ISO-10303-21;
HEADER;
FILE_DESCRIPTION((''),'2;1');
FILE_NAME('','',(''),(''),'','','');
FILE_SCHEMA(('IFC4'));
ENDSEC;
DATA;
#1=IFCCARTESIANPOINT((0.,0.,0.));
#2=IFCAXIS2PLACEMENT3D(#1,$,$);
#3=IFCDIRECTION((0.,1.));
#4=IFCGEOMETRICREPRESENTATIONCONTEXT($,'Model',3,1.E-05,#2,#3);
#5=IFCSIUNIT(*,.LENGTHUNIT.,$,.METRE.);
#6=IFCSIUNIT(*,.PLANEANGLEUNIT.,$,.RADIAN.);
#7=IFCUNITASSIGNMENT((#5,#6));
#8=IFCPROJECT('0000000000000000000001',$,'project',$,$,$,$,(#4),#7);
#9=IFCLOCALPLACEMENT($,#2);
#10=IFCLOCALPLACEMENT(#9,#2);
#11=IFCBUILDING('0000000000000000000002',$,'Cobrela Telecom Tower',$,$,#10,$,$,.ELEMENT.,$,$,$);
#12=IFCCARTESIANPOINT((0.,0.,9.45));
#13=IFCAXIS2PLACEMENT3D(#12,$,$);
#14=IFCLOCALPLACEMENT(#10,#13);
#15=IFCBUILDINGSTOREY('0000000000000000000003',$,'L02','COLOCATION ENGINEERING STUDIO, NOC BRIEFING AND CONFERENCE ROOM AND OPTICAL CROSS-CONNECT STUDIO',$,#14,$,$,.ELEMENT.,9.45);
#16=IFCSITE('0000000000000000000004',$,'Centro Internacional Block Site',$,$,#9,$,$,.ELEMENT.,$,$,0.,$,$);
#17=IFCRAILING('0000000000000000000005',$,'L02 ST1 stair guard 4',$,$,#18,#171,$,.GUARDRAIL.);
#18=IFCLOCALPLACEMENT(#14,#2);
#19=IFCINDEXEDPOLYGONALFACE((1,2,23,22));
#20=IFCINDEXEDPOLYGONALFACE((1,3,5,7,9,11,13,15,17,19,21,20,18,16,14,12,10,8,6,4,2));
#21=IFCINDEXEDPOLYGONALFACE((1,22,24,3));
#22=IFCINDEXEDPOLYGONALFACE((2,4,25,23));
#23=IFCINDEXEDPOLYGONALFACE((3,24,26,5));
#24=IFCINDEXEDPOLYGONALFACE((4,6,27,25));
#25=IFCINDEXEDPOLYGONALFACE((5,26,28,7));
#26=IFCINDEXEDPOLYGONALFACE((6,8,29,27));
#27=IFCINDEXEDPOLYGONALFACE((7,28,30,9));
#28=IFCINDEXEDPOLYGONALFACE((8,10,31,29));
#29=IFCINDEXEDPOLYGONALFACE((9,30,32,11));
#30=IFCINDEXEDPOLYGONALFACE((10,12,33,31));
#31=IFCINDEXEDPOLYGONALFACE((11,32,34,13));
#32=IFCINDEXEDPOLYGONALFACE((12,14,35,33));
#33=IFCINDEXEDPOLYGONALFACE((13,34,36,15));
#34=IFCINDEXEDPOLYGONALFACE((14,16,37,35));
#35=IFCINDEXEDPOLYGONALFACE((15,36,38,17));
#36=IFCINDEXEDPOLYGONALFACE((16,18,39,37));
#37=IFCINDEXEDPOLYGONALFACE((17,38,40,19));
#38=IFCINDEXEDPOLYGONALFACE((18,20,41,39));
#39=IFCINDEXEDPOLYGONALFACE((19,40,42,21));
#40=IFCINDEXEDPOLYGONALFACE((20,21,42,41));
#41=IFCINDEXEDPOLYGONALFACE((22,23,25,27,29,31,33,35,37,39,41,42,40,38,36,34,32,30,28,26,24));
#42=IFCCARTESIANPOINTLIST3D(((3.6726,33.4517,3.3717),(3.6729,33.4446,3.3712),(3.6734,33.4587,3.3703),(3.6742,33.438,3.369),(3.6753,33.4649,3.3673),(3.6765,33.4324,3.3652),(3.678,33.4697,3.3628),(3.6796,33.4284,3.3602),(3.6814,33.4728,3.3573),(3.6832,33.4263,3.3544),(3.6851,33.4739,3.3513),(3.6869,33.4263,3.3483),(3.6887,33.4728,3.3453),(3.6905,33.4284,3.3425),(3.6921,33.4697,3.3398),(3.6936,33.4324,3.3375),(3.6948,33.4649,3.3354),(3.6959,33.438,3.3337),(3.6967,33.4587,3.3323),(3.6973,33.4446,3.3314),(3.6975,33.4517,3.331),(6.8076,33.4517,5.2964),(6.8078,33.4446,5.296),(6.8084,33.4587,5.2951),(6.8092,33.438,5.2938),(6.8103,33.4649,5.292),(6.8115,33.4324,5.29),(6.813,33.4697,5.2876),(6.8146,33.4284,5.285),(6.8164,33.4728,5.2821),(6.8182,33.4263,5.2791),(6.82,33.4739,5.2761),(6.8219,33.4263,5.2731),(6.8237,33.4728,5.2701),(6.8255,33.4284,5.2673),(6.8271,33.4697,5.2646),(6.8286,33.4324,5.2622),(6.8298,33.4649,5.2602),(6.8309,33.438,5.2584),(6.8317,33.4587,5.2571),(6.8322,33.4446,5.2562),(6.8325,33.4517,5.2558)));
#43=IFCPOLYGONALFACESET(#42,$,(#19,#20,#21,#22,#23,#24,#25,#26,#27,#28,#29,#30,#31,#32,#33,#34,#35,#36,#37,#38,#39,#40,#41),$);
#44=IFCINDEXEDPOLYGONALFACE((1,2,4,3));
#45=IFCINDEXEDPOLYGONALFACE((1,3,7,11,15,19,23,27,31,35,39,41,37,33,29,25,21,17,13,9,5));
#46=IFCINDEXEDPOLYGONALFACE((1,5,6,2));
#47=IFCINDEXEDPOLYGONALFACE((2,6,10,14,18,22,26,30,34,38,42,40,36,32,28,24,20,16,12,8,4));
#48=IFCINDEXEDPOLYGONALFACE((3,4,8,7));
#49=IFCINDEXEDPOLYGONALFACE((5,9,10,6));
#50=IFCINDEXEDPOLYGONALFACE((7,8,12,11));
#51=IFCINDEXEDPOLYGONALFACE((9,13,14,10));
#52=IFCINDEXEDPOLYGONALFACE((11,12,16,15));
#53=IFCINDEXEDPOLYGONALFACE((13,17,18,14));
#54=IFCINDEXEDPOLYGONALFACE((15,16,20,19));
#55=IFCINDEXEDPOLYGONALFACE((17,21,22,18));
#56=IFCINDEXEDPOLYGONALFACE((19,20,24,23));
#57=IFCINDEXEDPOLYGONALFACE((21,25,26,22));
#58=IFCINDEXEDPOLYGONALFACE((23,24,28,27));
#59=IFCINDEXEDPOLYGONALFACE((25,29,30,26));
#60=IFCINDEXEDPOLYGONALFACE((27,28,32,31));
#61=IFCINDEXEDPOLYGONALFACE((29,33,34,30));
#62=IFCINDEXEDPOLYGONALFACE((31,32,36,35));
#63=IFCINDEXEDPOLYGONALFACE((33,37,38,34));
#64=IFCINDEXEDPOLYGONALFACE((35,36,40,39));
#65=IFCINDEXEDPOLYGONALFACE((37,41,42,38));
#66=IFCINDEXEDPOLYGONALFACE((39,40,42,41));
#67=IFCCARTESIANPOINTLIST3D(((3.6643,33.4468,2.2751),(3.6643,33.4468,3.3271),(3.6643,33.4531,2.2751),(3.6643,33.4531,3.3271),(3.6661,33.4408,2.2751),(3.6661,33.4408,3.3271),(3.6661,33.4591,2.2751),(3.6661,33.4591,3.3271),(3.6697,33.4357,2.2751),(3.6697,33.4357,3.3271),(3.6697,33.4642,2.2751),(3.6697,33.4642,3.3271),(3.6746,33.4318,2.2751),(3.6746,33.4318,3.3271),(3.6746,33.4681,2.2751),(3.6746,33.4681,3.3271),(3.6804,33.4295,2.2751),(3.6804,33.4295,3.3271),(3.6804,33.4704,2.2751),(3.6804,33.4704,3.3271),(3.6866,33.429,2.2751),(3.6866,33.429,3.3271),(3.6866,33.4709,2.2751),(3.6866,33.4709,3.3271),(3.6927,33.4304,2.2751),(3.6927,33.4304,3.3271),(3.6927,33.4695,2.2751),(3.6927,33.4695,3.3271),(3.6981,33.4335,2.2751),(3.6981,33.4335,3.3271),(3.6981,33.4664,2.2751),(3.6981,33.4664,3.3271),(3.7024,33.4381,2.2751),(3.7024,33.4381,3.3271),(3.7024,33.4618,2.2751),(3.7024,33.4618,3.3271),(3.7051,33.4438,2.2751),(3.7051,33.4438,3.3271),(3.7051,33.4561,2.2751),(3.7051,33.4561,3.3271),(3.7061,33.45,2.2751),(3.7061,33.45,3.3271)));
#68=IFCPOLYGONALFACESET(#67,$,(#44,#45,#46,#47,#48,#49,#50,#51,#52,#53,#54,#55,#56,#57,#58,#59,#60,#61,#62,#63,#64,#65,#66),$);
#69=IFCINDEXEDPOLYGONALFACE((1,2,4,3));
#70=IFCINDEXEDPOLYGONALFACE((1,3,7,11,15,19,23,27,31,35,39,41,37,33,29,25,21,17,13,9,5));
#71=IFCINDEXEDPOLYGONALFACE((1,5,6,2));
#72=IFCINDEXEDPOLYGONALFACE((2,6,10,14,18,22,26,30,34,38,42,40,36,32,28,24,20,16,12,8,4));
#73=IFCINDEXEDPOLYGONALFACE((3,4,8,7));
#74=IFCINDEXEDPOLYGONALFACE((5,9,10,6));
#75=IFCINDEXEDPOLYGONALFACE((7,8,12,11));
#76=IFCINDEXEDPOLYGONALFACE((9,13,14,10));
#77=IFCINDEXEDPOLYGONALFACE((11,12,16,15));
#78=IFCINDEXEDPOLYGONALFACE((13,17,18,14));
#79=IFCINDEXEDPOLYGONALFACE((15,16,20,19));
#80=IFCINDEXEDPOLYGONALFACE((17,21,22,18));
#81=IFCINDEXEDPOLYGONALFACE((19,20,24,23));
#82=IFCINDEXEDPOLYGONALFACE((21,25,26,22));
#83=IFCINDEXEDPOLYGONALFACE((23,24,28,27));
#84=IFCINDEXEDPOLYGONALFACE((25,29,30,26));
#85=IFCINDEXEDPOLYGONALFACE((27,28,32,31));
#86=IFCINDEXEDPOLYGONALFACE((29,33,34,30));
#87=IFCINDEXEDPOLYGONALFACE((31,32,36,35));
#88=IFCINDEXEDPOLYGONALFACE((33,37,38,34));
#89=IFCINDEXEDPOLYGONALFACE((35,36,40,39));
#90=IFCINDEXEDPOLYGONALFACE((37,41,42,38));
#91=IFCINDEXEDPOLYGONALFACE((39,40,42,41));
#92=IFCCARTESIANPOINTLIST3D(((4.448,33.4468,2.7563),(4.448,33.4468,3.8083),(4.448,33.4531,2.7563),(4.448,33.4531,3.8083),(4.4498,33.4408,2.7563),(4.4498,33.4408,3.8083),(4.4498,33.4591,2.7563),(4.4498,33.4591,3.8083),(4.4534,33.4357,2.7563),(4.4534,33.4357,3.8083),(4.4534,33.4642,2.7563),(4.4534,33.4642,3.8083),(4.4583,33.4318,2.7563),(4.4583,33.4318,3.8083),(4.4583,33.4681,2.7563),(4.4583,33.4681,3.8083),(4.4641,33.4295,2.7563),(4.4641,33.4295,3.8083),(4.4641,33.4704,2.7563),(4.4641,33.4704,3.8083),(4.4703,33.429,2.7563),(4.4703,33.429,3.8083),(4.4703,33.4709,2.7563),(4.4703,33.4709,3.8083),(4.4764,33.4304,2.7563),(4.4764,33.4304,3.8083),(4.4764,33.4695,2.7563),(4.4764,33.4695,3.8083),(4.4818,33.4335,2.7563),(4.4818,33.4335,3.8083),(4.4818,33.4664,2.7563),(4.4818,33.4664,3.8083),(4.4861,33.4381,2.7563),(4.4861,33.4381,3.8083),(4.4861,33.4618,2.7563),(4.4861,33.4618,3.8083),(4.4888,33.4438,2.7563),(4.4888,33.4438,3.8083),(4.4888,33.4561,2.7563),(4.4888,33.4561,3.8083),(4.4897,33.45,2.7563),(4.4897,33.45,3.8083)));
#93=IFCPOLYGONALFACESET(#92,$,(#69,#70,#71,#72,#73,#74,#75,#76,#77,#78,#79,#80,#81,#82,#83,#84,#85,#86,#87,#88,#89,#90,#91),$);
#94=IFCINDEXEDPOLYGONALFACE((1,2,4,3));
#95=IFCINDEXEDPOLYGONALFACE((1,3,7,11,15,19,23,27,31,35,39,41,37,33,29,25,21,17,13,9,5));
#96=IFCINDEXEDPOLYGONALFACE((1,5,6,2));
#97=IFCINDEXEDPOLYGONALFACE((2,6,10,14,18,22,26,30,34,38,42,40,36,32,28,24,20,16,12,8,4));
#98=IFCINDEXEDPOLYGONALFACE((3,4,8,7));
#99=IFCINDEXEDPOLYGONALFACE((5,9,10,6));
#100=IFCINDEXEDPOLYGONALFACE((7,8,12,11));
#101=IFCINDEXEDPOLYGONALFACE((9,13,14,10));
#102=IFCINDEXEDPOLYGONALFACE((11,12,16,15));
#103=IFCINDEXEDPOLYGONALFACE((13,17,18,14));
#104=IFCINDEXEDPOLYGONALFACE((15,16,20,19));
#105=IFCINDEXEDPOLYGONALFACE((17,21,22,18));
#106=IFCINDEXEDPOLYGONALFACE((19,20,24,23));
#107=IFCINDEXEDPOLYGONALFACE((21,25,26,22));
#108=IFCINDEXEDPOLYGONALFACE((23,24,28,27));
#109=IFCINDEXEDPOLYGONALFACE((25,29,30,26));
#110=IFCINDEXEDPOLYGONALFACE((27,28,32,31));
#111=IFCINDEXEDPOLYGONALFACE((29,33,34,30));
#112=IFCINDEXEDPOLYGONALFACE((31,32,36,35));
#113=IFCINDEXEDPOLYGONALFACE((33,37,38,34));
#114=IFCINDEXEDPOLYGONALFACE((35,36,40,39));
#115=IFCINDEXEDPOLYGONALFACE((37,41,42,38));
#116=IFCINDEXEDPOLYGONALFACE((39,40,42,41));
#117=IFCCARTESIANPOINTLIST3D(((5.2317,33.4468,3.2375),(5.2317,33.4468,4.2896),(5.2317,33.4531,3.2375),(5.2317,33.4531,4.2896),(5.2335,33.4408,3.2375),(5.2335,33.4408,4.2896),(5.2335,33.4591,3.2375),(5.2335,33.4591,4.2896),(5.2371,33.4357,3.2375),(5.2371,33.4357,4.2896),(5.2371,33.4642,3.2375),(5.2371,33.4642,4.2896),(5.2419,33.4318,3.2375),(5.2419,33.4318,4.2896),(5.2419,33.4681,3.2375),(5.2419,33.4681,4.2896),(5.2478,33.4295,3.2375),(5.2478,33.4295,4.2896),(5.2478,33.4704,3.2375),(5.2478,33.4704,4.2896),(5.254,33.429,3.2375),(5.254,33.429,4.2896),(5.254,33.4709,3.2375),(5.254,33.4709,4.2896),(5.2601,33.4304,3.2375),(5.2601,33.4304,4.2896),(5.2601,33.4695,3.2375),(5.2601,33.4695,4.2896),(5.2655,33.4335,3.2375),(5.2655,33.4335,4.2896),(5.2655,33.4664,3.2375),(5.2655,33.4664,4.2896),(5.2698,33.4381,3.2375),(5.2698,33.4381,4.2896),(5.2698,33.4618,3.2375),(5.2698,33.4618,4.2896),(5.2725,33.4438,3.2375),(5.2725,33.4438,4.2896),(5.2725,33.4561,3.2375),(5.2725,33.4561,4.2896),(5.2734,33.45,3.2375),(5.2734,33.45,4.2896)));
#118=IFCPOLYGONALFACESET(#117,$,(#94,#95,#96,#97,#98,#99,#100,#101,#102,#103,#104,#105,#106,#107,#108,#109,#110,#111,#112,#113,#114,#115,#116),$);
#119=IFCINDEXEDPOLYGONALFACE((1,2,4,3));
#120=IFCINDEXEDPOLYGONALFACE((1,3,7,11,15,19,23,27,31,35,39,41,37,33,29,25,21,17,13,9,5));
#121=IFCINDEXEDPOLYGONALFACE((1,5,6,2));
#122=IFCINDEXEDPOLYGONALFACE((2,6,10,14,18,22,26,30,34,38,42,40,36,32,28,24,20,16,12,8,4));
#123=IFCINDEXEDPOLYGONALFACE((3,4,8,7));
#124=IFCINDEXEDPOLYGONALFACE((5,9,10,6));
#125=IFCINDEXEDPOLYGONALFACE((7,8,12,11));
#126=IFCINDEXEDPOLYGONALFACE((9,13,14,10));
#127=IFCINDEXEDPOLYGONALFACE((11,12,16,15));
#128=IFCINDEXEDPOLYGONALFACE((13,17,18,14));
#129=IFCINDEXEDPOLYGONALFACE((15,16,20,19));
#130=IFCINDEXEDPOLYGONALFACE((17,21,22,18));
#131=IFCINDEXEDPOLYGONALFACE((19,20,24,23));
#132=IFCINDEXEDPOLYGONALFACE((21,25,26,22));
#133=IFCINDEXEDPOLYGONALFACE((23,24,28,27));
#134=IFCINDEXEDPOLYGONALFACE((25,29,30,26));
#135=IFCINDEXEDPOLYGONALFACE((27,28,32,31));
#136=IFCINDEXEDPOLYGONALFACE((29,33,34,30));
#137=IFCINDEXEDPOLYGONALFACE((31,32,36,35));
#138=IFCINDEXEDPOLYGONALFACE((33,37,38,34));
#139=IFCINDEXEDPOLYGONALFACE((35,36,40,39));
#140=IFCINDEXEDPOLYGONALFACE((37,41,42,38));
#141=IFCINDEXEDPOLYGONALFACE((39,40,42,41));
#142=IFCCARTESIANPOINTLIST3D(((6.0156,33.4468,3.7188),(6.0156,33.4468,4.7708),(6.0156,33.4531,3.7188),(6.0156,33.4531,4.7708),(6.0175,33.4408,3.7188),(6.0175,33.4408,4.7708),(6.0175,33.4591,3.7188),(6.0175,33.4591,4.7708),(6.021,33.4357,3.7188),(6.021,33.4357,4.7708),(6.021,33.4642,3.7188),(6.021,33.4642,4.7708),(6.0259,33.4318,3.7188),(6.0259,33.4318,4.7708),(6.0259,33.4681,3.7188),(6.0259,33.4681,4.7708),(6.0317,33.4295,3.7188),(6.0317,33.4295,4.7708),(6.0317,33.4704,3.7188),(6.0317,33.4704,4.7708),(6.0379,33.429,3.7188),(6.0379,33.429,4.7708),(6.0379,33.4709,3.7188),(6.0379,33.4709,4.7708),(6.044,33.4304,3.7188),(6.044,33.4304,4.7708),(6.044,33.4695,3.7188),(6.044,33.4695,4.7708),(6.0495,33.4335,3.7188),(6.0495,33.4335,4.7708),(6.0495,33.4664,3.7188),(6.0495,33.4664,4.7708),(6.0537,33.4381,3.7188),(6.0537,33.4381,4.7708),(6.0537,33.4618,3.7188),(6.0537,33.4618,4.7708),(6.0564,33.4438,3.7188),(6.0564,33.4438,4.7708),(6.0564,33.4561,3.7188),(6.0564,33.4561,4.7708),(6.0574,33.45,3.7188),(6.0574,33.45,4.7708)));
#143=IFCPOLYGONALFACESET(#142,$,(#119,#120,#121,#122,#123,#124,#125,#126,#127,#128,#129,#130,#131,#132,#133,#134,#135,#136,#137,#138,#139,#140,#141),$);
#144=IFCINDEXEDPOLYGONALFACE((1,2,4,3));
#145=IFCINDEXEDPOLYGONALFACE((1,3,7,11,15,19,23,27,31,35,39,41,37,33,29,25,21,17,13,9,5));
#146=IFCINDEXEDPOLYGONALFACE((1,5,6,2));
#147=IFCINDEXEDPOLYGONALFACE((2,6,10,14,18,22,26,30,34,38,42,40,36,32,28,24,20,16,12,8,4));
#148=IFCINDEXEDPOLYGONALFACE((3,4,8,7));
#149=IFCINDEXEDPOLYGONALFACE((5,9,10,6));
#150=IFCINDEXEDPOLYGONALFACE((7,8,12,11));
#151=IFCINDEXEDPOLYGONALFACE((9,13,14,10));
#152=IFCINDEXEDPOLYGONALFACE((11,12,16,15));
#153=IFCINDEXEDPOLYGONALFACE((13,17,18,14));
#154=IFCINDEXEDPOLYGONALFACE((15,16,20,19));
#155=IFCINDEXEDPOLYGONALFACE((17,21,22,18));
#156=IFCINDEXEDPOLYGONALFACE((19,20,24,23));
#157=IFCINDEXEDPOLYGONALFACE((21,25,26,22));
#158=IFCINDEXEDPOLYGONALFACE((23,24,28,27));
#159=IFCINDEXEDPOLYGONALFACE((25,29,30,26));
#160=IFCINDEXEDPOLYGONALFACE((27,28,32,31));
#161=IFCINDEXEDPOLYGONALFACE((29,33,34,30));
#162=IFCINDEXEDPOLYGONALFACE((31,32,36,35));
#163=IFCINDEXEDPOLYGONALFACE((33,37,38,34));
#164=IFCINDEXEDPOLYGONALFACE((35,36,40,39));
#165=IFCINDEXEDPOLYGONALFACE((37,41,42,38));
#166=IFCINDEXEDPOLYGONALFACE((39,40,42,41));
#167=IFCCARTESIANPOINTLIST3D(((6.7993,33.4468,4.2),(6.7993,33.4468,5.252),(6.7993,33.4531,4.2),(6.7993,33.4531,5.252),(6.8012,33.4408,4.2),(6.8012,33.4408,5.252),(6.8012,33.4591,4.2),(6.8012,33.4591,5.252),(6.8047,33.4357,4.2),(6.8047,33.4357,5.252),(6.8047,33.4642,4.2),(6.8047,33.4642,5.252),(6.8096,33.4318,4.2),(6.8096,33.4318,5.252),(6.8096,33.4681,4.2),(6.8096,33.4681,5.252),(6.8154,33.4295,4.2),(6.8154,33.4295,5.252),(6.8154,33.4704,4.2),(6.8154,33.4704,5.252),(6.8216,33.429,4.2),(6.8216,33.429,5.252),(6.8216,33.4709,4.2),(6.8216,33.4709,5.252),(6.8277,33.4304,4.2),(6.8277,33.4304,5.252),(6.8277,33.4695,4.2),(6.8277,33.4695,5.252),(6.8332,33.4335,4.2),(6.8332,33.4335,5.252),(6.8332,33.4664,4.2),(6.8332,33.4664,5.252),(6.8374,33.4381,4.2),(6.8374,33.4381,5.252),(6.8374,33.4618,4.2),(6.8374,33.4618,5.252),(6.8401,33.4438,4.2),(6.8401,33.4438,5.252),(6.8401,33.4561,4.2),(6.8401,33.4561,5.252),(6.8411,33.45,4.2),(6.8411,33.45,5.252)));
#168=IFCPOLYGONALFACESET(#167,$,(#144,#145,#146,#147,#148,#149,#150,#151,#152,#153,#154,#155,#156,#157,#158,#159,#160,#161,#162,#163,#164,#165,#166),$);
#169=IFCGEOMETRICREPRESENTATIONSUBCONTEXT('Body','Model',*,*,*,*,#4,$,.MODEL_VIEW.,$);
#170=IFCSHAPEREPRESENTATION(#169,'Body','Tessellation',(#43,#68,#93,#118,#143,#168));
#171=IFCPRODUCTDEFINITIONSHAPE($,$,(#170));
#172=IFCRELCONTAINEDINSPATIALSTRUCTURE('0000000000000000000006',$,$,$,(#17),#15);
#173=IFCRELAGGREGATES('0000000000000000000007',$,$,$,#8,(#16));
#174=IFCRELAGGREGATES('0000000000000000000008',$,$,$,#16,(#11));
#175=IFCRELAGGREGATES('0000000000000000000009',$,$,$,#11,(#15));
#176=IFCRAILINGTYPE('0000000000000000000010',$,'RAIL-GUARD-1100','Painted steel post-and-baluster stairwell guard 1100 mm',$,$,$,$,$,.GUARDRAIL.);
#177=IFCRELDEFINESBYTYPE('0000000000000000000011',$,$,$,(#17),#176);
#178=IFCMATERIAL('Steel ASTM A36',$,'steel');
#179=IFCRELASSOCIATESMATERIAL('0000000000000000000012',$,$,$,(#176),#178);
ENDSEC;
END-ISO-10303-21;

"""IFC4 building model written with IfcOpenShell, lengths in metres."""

from ifc_helpers import new_model, si_unit, direction, frame, origin, origin_2d, place, context, subcontext, project, spatial, circle, extrude, material, type_object, element, save


model = new_model("IFC4")

# Units and contexts
model_context = context("Model", 3, precision=1e-05, world=origin(), true_north=direction((0.0, 1.0)))
body_context = subcontext(model_context, "Body", "Model", "MODEL_VIEW")
ifc_project = project(units=[si_unit("LENGTHUNIT", "METRE"), si_unit("PLANEANGLEUNIT", "RADIAN")], contexts=[model_context])

# Site, building, storey
site_placement = place(None, origin())
site = spatial("IfcSite", under=ifc_project, at=site_placement, Name="Centro Internacional Block Site", CompositionType="ELEMENT", RefElevation=0.0)
building_placement = place(site_placement, origin())
building = spatial("IfcBuilding", under=site, at=building_placement, Name="Cobrela Telecom Tower", CompositionType="ELEMENT")
storey_placement = place(building_placement, frame((0.0, 0.0, 9.45)))
storey = spatial("IfcBuildingStorey", under=building, at=storey_placement, Name="L02", Description="COLOCATION ENGINEERING STUDIO, NOC BRIEFING AND CONFERENCE ROOM AND OPTICAL CROSS-CONNECT STUDIO", CompositionType="ELEMENT", Elevation=9.45)

# Shared definitions
ifc_material_1 = material(Name="Steel ASTM A36", Category="steel")

# Railing
railing_type_1 = type_object("IfcRailingType", Name="RAIL-GUARD-1100", Description="Painted steel post-and-baluster stairwell guard 1100 mm", PredefinedType="GUARDRAIL", material=ifc_material_1)
railing_1_placement = place(storey_placement, frame((3.6851, 33.45, 2.2751)))
element("IfcRailing", 1, at=railing_1_placement, inside=storey, type_object=railing_type_1, Name="L02 ST1 stair guard 4", PredefinedType="GUARDRAIL", context=body_context, shape_type="SweptSolid", body=[
    extrude(circle(Radius=0.0239, at=origin_2d()), frame((0.0, 0.0, 1.0762), z_axis=(0.852196, 0.0, 0.523223), x_axis=(0.0, 1.0, 0.0)), (0.0, 0.0, 1.0), 3.6787),
    extrude(circle(Radius=0.021, at=origin_2d()), origin(), (0.0, 0.0, 1.0), 1.052),
    extrude(circle(Radius=0.021, at=origin_2d()), frame((0.7837, 0.0, 0.4812)), (0.0, 0.0, 1.0), 1.052),
    extrude(circle(Radius=0.021, at=origin_2d()), frame((1.5674, 0.0, 0.9624)), (0.0, 0.0, 1.0), 1.052),
    extrude(circle(Radius=0.021, at=origin_2d()), frame((2.3513, 0.0, 1.4436)), (0.0, 0.0, 1.0), 1.052),
    extrude(circle(Radius=0.021, at=origin_2d()), frame((3.135, 0.0, 1.9248)), (0.0, 0.0, 1.0), 1.052),
])

save(model, "model.ifc")
